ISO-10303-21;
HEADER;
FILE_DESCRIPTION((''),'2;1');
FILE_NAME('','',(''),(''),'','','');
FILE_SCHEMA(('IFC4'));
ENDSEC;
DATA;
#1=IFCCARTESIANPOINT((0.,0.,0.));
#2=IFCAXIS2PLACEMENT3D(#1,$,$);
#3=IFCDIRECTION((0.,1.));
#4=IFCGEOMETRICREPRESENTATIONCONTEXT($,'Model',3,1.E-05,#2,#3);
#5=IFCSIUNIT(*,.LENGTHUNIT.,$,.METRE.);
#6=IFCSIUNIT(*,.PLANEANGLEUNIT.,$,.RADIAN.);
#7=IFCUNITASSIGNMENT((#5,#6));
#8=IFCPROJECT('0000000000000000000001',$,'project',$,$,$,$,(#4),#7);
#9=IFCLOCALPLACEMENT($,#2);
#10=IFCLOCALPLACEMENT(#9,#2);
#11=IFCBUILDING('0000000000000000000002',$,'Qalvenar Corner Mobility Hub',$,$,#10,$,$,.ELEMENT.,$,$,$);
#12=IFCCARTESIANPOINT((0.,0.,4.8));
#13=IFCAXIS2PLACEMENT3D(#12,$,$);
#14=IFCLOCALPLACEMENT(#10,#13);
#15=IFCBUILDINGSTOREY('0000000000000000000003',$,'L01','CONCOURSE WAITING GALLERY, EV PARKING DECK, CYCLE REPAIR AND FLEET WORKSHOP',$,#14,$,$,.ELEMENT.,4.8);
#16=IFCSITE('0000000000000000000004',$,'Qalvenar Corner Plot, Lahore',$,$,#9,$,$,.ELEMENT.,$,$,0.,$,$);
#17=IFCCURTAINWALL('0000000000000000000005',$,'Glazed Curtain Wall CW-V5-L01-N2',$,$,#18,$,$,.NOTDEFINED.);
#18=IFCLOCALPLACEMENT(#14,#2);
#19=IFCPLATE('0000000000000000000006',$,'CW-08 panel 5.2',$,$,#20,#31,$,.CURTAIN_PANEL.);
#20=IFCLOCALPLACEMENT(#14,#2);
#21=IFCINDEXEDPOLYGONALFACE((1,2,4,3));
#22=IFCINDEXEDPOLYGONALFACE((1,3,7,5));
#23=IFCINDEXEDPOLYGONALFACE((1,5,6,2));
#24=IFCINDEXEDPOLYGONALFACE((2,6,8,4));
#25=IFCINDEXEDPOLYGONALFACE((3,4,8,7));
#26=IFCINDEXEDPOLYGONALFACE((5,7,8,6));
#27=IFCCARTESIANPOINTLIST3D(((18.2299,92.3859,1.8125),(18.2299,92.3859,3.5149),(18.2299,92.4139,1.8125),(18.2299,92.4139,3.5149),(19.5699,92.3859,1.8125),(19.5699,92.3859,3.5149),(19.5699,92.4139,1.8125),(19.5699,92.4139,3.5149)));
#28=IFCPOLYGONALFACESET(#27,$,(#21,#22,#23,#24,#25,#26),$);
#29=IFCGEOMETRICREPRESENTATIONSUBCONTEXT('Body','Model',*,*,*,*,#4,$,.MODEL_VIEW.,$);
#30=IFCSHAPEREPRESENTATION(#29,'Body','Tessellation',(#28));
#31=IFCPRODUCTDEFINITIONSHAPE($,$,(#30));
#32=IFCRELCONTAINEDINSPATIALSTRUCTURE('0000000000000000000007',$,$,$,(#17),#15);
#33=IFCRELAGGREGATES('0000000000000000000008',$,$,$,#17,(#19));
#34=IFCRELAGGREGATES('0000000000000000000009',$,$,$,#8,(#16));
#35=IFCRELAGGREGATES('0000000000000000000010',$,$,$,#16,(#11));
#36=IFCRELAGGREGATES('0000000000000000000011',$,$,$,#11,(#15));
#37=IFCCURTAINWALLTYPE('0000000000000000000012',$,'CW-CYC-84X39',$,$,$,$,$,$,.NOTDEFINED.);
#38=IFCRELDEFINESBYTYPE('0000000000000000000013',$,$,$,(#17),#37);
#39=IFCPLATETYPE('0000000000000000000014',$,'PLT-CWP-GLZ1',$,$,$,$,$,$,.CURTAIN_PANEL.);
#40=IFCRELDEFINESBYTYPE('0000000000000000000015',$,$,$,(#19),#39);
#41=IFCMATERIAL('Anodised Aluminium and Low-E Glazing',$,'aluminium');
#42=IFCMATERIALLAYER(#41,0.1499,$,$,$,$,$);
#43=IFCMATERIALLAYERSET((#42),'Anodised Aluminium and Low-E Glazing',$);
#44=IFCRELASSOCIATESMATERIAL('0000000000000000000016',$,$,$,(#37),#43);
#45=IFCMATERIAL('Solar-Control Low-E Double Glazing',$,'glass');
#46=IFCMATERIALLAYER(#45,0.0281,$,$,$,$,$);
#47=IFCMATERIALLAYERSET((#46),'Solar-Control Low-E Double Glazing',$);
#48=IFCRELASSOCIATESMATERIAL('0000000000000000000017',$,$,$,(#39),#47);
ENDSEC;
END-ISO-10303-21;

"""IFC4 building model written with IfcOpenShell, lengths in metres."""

from ifc_helpers import new_model, si_unit, direction, frame, origin, origin_2d, place, context, subcontext, project, spatial, rectangle, extrude, material, layer, layer_set, type_object, element, aggregate, save


model = new_model("IFC4")

# Units and contexts
model_context = context("Model", 3, precision=1e-05, world=origin(), true_north=direction((0.0, 1.0)))
body_context = subcontext(model_context, "Body", "Model", "MODEL_VIEW")
ifc_project = project(units=[si_unit("LENGTHUNIT", "METRE"), si_unit("PLANEANGLEUNIT", "RADIAN")], contexts=[model_context])

# Site, building, storey
site_placement = place(None, origin())
site = spatial("IfcSite", under=ifc_project, at=site_placement, Name="Qalvenar Corner Plot, Lahore", CompositionType="ELEMENT", RefElevation=0.0)
building_placement = place(site_placement, origin())
building = spatial("IfcBuilding", under=site, at=building_placement, Name="Qalvenar Corner Mobility Hub", CompositionType="ELEMENT")
storey_placement = place(building_placement, frame((0.0, 0.0, 4.8)))
storey = spatial("IfcBuildingStorey", under=building, at=storey_placement, Name="L01", Description="CONCOURSE WAITING GALLERY, EV PARKING DECK, CYCLE REPAIR AND FLEET WORKSHOP", CompositionType="ELEMENT", Elevation=4.8)

# Curtain wall, plate
ifc_material_1 = material(Name="Anodised Aluminium and Low-E Glazing", Category="aluminium")
ifc_layer_1 = layer(ifc_material_1, 0.1499)
ifc_layer_set_1 = layer_set([ifc_layer_1], Name="Anodised Aluminium and Low-E Glazing")
curtain_wall_type = type_object("IfcCurtainWallType", Name="CW-CYC-84X39", PredefinedType="NOTDEFINED", material=ifc_layer_set_1)
curtain_wall_placement = place(storey_placement, origin())
curtain_wall = element("IfcCurtainWall", 1, at=curtain_wall_placement, inside=storey, type_object=curtain_wall_type, Name="Glazed Curtain Wall CW-V5-L01-N2", PredefinedType="NOTDEFINED")
ifc_material_2 = material(Name="Solar-Control Low-E Double Glazing", Category="glass")
ifc_layer_2 = layer(ifc_material_2, 0.0281)
ifc_layer_set_2 = layer_set([ifc_layer_2], Name="Solar-Control Low-E Double Glazing")
plate_type = type_object("IfcPlateType", Name="PLT-CWP-GLZ1", PredefinedType="CURTAIN_PANEL", material=ifc_layer_set_2)
plate_1_placement = place(storey_placement, frame((18.8999, 92.3999, 1.8125), z_axis=(0.0, 0.0, 1.0), x_axis=(-1.0, 0.0, 0.0)))
plate_1 = element("IfcPlate", 2, at=plate_1_placement, type_object=plate_type, Name="CW-08 panel 5.2", PredefinedType="CURTAIN_PANEL", context=body_context, shape_type="SweptSolid", body=[
    extrude(rectangle(XDim=1.3401, YDim=0.0281, at=origin_2d()), origin(), (0.0, 0.0, 1.0), 1.7024),
])
aggregate(curtain_wall, [plate_1])

save(model, "model.ifc")
